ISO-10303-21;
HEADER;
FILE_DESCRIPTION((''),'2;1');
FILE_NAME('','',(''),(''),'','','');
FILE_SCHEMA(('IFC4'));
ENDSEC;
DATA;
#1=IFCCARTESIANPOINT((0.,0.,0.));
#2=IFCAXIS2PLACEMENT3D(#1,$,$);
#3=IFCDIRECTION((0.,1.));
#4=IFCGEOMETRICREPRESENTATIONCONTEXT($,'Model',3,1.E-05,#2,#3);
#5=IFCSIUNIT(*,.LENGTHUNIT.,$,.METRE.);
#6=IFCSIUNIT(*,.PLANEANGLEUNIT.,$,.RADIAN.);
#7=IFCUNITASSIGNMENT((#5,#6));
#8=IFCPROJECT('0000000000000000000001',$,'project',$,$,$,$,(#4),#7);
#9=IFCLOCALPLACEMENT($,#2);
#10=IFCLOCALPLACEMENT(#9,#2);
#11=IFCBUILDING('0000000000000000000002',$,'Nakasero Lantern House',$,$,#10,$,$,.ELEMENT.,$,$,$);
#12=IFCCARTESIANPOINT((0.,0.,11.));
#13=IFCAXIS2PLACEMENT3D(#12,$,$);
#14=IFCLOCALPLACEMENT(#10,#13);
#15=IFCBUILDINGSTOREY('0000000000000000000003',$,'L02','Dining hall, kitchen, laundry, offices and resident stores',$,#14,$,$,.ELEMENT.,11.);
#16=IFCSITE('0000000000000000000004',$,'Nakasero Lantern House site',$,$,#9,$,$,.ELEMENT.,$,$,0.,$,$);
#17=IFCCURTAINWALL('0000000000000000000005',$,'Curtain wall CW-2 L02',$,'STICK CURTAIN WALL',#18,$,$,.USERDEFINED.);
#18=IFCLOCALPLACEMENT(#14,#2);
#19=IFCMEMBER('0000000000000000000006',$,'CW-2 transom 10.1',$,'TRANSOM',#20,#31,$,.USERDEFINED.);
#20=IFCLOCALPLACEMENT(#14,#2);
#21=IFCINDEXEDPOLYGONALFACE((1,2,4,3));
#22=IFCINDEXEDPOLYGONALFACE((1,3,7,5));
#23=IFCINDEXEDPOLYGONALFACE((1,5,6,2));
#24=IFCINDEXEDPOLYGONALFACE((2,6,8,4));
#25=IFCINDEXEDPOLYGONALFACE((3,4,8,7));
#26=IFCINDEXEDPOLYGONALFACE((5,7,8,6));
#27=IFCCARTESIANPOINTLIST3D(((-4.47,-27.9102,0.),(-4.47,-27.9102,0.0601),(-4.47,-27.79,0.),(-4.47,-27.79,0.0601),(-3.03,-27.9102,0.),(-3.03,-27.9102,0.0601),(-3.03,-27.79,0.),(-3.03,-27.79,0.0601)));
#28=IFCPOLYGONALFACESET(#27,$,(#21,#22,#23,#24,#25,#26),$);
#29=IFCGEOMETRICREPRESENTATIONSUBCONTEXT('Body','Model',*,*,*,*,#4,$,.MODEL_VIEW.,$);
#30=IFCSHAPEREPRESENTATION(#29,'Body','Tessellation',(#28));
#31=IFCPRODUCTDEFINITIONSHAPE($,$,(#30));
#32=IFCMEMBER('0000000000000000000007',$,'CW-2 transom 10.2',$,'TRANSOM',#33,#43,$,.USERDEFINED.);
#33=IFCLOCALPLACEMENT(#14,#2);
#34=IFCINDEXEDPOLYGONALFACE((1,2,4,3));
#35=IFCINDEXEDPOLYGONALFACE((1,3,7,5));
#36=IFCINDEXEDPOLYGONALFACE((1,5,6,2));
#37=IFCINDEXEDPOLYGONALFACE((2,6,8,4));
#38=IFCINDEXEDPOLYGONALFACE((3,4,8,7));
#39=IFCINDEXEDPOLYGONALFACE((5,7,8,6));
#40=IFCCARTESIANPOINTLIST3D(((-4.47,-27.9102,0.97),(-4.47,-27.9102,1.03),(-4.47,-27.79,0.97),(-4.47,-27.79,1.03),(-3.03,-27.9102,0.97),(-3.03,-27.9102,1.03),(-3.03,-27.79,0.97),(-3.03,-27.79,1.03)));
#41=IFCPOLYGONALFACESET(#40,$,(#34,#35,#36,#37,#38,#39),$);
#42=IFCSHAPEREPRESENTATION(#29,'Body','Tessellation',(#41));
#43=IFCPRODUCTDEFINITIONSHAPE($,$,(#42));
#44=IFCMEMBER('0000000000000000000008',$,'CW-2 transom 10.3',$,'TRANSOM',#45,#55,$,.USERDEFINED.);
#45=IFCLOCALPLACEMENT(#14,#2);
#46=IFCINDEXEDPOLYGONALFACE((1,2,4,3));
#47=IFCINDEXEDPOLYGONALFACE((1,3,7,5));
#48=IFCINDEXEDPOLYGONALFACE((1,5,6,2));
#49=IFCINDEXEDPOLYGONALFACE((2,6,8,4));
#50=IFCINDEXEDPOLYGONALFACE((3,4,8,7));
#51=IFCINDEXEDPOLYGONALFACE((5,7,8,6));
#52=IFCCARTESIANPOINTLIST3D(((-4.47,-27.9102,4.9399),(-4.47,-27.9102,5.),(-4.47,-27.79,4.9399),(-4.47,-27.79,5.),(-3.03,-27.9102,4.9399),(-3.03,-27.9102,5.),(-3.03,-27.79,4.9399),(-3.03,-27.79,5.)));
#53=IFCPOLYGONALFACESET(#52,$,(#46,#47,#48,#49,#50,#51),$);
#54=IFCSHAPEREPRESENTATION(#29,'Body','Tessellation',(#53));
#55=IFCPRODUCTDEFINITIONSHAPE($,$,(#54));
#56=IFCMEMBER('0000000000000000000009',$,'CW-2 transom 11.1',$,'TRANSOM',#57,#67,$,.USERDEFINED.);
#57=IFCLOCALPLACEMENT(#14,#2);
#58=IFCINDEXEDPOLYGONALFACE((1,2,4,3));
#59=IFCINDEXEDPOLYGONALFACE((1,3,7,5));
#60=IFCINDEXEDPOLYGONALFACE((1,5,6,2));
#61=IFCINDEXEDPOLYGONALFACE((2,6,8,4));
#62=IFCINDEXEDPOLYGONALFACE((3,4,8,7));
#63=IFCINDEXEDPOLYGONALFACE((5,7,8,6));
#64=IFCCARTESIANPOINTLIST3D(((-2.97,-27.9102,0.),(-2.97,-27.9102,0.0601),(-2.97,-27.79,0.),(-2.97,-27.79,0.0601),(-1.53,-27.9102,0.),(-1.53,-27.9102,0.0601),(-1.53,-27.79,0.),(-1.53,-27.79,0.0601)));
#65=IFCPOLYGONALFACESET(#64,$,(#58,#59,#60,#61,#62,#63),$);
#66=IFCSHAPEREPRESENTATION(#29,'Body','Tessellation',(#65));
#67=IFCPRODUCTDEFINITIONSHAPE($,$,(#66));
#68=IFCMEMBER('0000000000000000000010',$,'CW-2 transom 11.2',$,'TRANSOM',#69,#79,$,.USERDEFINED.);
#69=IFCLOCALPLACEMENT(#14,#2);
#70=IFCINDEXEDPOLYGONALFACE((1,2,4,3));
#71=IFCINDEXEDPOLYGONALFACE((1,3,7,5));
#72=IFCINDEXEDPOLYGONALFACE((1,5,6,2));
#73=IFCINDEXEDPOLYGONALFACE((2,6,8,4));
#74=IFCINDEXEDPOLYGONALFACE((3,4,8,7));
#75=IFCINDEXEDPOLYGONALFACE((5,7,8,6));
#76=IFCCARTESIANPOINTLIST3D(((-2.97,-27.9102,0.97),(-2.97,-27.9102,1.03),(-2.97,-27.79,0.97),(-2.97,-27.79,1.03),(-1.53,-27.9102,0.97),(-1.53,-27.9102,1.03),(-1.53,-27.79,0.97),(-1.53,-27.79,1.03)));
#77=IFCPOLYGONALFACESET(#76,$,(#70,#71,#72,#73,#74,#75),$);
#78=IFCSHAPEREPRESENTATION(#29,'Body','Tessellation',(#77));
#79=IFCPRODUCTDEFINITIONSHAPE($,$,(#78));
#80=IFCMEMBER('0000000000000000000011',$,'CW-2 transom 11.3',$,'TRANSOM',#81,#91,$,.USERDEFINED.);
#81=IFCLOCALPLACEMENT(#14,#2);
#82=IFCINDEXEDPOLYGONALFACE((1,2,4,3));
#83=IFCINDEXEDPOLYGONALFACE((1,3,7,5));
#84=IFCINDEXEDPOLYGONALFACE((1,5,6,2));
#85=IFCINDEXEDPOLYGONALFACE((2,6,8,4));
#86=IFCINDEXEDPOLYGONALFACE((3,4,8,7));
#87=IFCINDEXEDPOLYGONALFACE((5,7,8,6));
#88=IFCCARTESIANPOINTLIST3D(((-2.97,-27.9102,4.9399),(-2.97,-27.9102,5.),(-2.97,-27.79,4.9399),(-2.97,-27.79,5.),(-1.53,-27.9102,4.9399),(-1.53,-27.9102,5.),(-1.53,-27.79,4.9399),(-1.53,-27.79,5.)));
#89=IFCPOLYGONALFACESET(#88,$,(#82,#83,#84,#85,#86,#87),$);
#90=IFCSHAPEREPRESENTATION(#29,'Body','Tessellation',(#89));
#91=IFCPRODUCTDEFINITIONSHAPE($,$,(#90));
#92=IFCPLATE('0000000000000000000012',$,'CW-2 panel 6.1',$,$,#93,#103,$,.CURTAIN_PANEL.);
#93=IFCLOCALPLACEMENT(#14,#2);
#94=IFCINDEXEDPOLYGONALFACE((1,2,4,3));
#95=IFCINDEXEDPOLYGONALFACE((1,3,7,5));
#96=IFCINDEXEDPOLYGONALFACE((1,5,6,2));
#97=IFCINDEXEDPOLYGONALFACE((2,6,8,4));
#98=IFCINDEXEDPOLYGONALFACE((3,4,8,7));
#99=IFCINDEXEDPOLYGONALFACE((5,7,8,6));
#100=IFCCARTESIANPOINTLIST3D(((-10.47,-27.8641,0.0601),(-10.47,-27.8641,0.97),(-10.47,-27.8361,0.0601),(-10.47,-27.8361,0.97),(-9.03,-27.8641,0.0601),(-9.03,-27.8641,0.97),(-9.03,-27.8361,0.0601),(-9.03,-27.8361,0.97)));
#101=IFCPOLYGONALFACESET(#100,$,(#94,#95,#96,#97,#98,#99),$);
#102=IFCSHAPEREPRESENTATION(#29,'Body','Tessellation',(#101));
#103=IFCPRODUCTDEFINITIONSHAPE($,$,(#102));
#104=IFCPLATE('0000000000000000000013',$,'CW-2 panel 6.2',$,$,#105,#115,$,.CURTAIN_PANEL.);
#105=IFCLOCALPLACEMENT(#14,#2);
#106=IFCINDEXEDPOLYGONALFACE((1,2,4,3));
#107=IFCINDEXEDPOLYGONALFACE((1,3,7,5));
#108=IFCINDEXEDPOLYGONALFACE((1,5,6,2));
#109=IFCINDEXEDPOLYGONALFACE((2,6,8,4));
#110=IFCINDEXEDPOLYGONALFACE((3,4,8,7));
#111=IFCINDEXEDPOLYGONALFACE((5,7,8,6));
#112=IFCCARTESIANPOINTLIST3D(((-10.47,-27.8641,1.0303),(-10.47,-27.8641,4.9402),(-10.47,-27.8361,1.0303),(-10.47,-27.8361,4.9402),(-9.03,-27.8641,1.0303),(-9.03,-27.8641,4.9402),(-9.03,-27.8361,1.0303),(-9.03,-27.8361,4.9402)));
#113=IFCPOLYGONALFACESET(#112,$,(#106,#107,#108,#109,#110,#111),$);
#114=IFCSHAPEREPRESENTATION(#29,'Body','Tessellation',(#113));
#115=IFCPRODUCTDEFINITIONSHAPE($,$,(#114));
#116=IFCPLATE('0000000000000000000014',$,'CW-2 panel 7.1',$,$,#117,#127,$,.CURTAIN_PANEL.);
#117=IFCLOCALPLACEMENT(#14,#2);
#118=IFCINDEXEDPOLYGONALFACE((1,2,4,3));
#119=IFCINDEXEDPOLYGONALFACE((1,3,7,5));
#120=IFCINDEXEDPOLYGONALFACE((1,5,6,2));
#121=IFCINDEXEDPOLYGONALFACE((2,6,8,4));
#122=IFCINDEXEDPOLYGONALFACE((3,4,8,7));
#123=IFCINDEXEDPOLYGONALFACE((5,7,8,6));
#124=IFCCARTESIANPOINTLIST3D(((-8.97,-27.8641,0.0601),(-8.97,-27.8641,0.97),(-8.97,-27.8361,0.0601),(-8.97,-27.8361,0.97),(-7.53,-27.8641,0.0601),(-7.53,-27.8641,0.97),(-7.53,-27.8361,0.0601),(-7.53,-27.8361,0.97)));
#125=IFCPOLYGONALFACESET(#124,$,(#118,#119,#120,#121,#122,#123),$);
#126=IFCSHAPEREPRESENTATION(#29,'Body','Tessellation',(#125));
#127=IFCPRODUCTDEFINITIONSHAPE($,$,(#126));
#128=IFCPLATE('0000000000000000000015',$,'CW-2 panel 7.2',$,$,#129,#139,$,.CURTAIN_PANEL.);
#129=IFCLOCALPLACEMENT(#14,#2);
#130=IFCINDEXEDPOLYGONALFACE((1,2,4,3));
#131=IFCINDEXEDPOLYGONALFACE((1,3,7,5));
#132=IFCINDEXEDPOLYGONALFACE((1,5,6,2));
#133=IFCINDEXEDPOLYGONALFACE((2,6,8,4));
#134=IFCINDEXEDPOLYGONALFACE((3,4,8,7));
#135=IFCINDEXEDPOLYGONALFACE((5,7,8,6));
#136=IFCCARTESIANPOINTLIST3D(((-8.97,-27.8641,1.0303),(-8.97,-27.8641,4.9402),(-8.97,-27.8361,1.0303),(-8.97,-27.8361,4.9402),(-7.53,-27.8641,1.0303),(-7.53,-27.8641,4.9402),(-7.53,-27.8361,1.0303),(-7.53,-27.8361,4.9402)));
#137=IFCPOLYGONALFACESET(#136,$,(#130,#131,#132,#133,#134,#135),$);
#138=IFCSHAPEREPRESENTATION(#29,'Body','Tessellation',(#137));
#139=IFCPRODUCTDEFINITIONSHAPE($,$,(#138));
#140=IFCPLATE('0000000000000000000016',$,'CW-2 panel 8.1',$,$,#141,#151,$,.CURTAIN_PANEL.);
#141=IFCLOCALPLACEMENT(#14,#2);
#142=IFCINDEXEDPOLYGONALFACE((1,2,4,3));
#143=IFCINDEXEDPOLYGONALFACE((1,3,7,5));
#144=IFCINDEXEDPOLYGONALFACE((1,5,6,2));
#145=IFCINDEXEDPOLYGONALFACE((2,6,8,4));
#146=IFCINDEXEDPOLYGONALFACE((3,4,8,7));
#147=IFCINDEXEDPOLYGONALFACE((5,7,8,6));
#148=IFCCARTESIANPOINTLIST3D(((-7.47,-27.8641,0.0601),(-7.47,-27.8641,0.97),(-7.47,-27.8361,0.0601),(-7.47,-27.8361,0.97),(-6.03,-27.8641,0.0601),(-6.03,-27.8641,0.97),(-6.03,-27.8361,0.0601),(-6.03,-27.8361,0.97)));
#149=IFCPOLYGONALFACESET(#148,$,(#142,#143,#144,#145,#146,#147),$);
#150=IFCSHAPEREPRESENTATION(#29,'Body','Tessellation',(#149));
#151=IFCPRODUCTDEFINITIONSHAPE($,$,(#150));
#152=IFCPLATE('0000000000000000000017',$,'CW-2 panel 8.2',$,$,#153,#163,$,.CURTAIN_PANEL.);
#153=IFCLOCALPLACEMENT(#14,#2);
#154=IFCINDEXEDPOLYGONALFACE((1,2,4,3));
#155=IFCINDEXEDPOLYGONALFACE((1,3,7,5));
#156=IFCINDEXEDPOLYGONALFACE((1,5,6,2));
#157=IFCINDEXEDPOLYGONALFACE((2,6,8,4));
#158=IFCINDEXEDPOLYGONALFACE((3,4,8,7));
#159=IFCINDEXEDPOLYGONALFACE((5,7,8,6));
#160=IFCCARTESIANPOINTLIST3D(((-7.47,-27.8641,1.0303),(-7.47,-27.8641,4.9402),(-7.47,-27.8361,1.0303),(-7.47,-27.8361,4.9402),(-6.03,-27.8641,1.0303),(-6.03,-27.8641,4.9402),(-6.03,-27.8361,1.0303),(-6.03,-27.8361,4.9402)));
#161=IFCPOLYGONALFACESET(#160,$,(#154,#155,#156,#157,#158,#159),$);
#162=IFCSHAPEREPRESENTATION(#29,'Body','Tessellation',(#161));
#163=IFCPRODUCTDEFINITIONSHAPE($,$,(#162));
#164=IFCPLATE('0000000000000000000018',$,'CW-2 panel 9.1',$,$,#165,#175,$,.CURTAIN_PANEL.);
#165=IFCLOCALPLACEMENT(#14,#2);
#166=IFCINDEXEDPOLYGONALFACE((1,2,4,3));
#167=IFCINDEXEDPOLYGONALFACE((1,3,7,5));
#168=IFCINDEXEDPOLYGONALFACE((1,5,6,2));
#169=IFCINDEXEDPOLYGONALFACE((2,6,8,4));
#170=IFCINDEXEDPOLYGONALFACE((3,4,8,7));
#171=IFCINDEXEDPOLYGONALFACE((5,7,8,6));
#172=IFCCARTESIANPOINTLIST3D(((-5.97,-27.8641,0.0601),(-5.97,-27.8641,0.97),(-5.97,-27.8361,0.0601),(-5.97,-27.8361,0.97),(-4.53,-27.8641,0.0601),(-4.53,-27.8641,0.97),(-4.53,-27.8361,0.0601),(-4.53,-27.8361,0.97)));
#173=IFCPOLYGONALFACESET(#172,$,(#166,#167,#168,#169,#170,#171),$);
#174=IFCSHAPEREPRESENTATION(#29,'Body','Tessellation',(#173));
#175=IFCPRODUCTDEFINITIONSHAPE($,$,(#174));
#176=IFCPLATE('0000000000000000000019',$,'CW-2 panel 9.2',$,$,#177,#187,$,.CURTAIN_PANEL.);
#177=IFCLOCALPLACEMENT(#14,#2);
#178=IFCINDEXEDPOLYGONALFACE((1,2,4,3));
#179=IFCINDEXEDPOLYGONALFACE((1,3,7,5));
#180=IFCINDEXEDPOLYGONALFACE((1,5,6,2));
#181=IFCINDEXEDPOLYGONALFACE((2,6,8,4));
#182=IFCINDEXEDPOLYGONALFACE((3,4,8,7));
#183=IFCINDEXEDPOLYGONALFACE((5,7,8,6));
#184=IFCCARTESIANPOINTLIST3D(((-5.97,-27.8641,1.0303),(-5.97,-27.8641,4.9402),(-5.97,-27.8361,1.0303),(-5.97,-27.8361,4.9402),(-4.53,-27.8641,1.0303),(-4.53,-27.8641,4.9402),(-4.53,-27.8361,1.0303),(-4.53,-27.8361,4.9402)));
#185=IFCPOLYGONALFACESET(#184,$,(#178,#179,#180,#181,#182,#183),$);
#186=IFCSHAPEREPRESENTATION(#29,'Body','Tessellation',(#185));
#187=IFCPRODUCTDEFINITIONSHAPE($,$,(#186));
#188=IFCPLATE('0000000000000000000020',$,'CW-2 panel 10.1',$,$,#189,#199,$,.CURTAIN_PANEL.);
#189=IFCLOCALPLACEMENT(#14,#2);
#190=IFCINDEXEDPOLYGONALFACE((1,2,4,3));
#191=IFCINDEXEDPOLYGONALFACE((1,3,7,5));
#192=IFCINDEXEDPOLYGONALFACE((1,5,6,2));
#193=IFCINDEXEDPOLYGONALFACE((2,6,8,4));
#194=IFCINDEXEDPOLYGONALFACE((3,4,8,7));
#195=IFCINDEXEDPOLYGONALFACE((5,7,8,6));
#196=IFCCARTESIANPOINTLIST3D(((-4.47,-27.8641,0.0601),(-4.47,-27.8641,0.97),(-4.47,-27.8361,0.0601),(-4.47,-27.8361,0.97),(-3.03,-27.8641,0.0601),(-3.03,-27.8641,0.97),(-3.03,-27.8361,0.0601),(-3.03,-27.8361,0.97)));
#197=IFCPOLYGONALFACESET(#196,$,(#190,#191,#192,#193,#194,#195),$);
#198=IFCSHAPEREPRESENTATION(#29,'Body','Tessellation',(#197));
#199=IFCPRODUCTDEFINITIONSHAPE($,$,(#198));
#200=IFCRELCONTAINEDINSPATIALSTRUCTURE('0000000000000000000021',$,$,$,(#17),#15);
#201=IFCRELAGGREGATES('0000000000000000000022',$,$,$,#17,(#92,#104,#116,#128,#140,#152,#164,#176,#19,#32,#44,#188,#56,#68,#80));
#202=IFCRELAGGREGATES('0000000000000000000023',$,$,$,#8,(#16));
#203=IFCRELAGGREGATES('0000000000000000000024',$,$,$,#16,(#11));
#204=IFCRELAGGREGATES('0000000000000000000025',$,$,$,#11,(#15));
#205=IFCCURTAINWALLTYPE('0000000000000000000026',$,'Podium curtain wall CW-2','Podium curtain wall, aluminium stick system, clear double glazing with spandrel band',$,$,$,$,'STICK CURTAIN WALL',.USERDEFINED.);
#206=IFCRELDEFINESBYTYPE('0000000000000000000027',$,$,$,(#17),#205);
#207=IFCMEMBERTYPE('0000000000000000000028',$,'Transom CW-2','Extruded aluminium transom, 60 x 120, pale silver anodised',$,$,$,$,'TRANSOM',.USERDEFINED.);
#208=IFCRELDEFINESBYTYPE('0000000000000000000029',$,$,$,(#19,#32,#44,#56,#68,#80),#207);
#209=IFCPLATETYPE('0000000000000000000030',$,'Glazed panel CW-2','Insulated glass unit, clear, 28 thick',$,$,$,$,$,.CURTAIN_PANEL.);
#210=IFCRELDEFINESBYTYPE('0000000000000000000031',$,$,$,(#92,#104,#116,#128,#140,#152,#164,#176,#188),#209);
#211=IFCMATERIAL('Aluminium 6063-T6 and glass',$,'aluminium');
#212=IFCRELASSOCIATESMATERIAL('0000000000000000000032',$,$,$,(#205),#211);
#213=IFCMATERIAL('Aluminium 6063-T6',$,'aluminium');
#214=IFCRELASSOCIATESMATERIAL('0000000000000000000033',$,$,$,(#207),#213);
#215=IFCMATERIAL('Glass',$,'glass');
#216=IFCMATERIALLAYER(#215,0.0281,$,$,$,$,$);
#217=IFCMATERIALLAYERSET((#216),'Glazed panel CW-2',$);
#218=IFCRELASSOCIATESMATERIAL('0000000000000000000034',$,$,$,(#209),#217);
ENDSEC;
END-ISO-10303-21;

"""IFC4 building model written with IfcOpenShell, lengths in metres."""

from ifc_helpers import new_model, si_unit, direction, frame, origin, origin_2d, place, context, subcontext, project, spatial, rectangle, extrude, material, layer, layer_set, material_profile, profile_set, type_object, element, aggregate, save


model = new_model("IFC4")

# Units and contexts
model_context = context("Model", 3, precision=1e-05, world=origin(), true_north=direction((0.0, 1.0)))
body_context = subcontext(model_context, "Body", "Model", "MODEL_VIEW")
ifc_project = project(units=[si_unit("LENGTHUNIT", "METRE"), si_unit("PLANEANGLEUNIT", "RADIAN")], contexts=[model_context])

# Site, building, storey
site_placement = place(None, origin())
site = spatial("IfcSite", under=ifc_project, at=site_placement, Name="Nakasero Lantern House site", CompositionType="ELEMENT", RefElevation=0.0)
building_placement = place(site_placement, origin())
building = spatial("IfcBuilding", under=site, at=building_placement, Name="Nakasero Lantern House", CompositionType="ELEMENT")
storey_placement = place(building_placement, frame((0.0, 0.0, 11.0)))
storey = spatial("IfcBuildingStorey", under=building, at=storey_placement, Name="L02", Description="Dining hall, kitchen, laundry, offices and resident stores", CompositionType="ELEMENT", Elevation=11.0)

# Curtain wall, members, plates
ifc_material_1 = material(Name="Aluminium 6063-T6 and glass", Category="aluminium")
curtain_wall_type = type_object("IfcCurtainWallType", Name="Podium curtain wall CW-2", Description="Podium curtain wall, aluminium stick system, clear double glazing with spandrel band", ElementType="STICK CURTAIN WALL", PredefinedType="USERDEFINED", material=ifc_material_1)
curtain_wall_placement = place(storey_placement, origin())
curtain_wall = element("IfcCurtainWall", 1, at=curtain_wall_placement, inside=storey, type_object=curtain_wall_type, Name="Curtain wall CW-2 L02", ObjectType="STICK CURTAIN WALL", PredefinedType="USERDEFINED")
ifc_material_2 = material(Name="Aluminium 6063-T6", Category="aluminium")
ifc_material_profile_1 = material_profile(ifc_material_2, rectangle(XDim=0.0601, YDim=0.1201, at=origin_2d()), Name="CW-2 transom 60x120")
ifc_profile_set_1 = profile_set([ifc_material_profile_1], Name="Aluminium 6063-T6")
member_type_1 = type_object("IfcMemberType", Name="Transom CW-2", Description="Extruded aluminium transom, 60 x 120, pale silver anodised", ElementType="TRANSOM", PredefinedType="USERDEFINED", material=ifc_profile_set_1)
member_1_placement = place(storey_placement, frame((-4.47, -27.8501, 0.03), z_axis=(1.0, 0.0, 0.0), x_axis=(0.0, 0.0, 1.0)))
member_1 = element("IfcMember", 2, at=member_1_placement, type_object=member_type_1, Name="CW-2 transom 10.1", ObjectType="TRANSOM", PredefinedType="USERDEFINED", context=body_context, shape_type="SweptSolid", body=[
    extrude(rectangle(XDim=0.0601, YDim=0.1201, at=origin_2d()), origin(), (0.0, 0.0, 1.0), 1.4399),
])
member_2_placement = place(storey_placement, frame((-4.47, -27.8501, 1.0), z_axis=(1.0, 0.0, 0.0), x_axis=(0.0, 0.0, 1.0)))
member_2 = element("IfcMember", 3, at=member_2_placement, type_object=member_type_1, Name="CW-2 transom 10.2", ObjectType="TRANSOM", PredefinedType="USERDEFINED", context=body_context, shape_type="SweptSolid", body=[
    extrude(rectangle(XDim=0.0601, YDim=0.1201, at=origin_2d()), origin(), (0.0, 0.0, 1.0), 1.4399),
])
member_3_placement = place(storey_placement, frame((-4.47, -27.8501, 4.97), z_axis=(1.0, 0.0, 0.0), x_axis=(0.0, 0.0, 1.0)))
member_3 = element("IfcMember", 4, at=member_3_placement, type_object=member_type_1, Name="CW-2 transom 10.3", ObjectType="TRANSOM", PredefinedType="USERDEFINED", context=body_context, shape_type="SweptSolid", body=[
    extrude(rectangle(XDim=0.0601, YDim=0.1201, at=origin_2d()), origin(), (0.0, 0.0, 1.0), 1.4399),
])
member_4_placement = place(storey_placement, frame((-2.97, -27.8501, 0.03), z_axis=(1.0, 0.0, 0.0), x_axis=(0.0, 0.0, 1.0)))
member_4 = element("IfcMember", 5, at=member_4_placement, type_object=member_type_1, Name="CW-2 transom 11.1", ObjectType="TRANSOM", PredefinedType="USERDEFINED", context=body_context, shape_type="SweptSolid", body=[
    extrude(rectangle(XDim=0.0601, YDim=0.1201, at=origin_2d()), origin(), (0.0, 0.0, 1.0), 1.4399),
])
member_5_placement = place(storey_placement, frame((-2.97, -27.8501, 1.0), z_axis=(1.0, 0.0, 0.0), x_axis=(0.0, 0.0, 1.0)))
member_5 = element("IfcMember", 6, at=member_5_placement, type_object=member_type_1, Name="CW-2 transom 11.2", ObjectType="TRANSOM", PredefinedType="USERDEFINED", context=body_context, shape_type="SweptSolid", body=[
    extrude(rectangle(XDim=0.0601, YDim=0.1201, at=origin_2d()), origin(), (0.0, 0.0, 1.0), 1.4399),
])
member_6_placement = place(storey_placement, frame((-2.97, -27.8501, 4.97), z_axis=(1.0, 0.0, 0.0), x_axis=(0.0, 0.0, 1.0)))
member_6 = element("IfcMember", 7, at=member_6_placement, type_object=member_type_1, Name="CW-2 transom 11.3", ObjectType="TRANSOM", PredefinedType="USERDEFINED", context=body_context, shape_type="SweptSolid", body=[
    extrude(rectangle(XDim=0.0601, YDim=0.1201, at=origin_2d()), origin(), (0.0, 0.0, 1.0), 1.4399),
])
ifc_material_3 = material(Name="Glass", Category="glass")
ifc_layer = layer(ifc_material_3, 0.0281)
ifc_layer_set = layer_set([ifc_layer], Name="Glazed panel CW-2")
plate_type = type_object("IfcPlateType", Name="Glazed panel CW-2", Description="Insulated glass unit, clear, 28 thick", PredefinedType="CURTAIN_PANEL", material=ifc_layer_set)
plate_1_placement = place(storey_placement, frame((-9.75, -27.8501, 0.0601), z_axis=(0.0, 0.0, 1.0), x_axis=(1.0, 0.0, 0.0)))
plate_1 = element("IfcPlate", 8, at=plate_1_placement, type_object=plate_type, Name="CW-2 panel 6.1", PredefinedType="CURTAIN_PANEL", context=body_context, shape_type="SweptSolid", body=[
    extrude(rectangle(XDim=1.4399, YDim=0.0281, at=origin_2d()), origin(), (0.0, 0.0, 1.0), 0.9099),
])
plate_2_placement = place(storey_placement, frame((-9.75, -27.8501, 1.0303), z_axis=(0.0, 0.0, 1.0), x_axis=(1.0, 0.0, 0.0)))
plate_2 = element("IfcPlate", 9, at=plate_2_placement, type_object=plate_type, Name="CW-2 panel 6.2", PredefinedType="CURTAIN_PANEL", context=body_context, shape_type="SweptSolid", body=[
    extrude(rectangle(XDim=1.4399, YDim=0.0281, at=origin_2d()), origin(), (0.0, 0.0, 1.0), 3.9099),
])
plate_3_placement = place(storey_placement, frame((-8.25, -27.8501, 0.0601), z_axis=(0.0, 0.0, 1.0), x_axis=(1.0, 0.0, 0.0)))
plate_3 = element("IfcPlate", 10, at=plate_3_placement, type_object=plate_type, Name="CW-2 panel 7.1", PredefinedType="CURTAIN_PANEL", context=body_context, shape_type="SweptSolid", body=[
    extrude(rectangle(XDim=1.4399, YDim=0.0281, at=origin_2d()), origin(), (0.0, 0.0, 1.0), 0.9099),
])
plate_4_placement = place(storey_placement, frame((-8.25, -27.8501, 1.0303), z_axis=(0.0, 0.0, 1.0), x_axis=(1.0, 0.0, 0.0)))
plate_4 = element("IfcPlate", 11, at=plate_4_placement, type_object=plate_type, Name="CW-2 panel 7.2", PredefinedType="CURTAIN_PANEL", context=body_context, shape_type="SweptSolid", body=[
    extrude(rectangle(XDim=1.4399, YDim=0.0281, at=origin_2d()), origin(), (0.0, 0.0, 1.0), 3.9099),
])
plate_5_placement = place(storey_placement, frame((-6.75, -27.8501, 0.0601), z_axis=(0.0, 0.0, 1.0), x_axis=(1.0, 0.0, 0.0)))
plate_5 = element("IfcPlate", 12, at=plate_5_placement, type_object=plate_type, Name="CW-2 panel 8.1", PredefinedType="CURTAIN_PANEL", context=body_context, shape_type="SweptSolid", body=[
    extrude(rectangle(XDim=1.4399, YDim=0.0281, at=origin_2d()), origin(), (0.0, 0.0, 1.0), 0.9099),
])
plate_6_placement = place(storey_placement, frame((-6.75, -27.8501, 1.0303), z_axis=(0.0, 0.0, 1.0), x_axis=(1.0, 0.0, 0.0)))
plate_6 = element("IfcPlate", 13, at=plate_6_placement, type_object=plate_type, Name="CW-2 panel 8.2", PredefinedType="CURTAIN_PANEL", context=body_context, shape_type="SweptSolid", body=[
    extrude(rectangle(XDim=1.4399, YDim=0.0281, at=origin_2d()), origin(), (0.0, 0.0, 1.0), 3.9099),
])
plate_7_placement = place(storey_placement, frame((-5.25, -27.8501, 0.0601), z_axis=(0.0, 0.0, 1.0), x_axis=(1.0, 0.0, 0.0)))
plate_7 = element("IfcPlate", 14, at=plate_7_placement, type_object=plate_type, Name="CW-2 panel 9.1", PredefinedType="CURTAIN_PANEL", context=body_context, shape_type="SweptSolid", body=[
    extrude(rectangle(XDim=1.4399, YDim=0.0281, at=origin_2d()), origin(), (0.0, 0.0, 1.0), 0.9099),
])
plate_8_placement = place(storey_placement, frame((-5.25, -27.8501, 1.0303), z_axis=(0.0, 0.0, 1.0), x_axis=(1.0, 0.0, 0.0)))
plate_8 = element("IfcPlate", 15, at=plate_8_placement, type_object=plate_type, Name="CW-2 panel 9.2", PredefinedType="CURTAIN_PANEL", context=body_context, shape_type="SweptSolid", body=[
    extrude(rectangle(XDim=1.4399, YDim=0.0281, at=origin_2d()), origin(), (0.0, 0.0, 1.0), 3.9099),
])
plate_9_placement = place(storey_placement, frame((-3.75, -27.8501, 0.0601), z_axis=(0.0, 0.0, 1.0), x_axis=(1.0, 0.0, 0.0)))
plate_9 = element("IfcPlate", 16, at=plate_9_placement, type_object=plate_type, Name="CW-2 panel 10.1", PredefinedType="CURTAIN_PANEL", context=body_context, shape_type="SweptSolid", body=[
    extrude(rectangle(XDim=1.4399, YDim=0.0281, at=origin_2d()), origin(), (0.0, 0.0, 1.0), 0.9099),
])
aggregate(curtain_wall, [plate_1, plate_2, plate_3, plate_4, plate_5, plate_6, plate_7, plate_8, member_1, member_2, member_3, plate_9, member_4, member_5, member_6])

save(model, "model.ifc")
